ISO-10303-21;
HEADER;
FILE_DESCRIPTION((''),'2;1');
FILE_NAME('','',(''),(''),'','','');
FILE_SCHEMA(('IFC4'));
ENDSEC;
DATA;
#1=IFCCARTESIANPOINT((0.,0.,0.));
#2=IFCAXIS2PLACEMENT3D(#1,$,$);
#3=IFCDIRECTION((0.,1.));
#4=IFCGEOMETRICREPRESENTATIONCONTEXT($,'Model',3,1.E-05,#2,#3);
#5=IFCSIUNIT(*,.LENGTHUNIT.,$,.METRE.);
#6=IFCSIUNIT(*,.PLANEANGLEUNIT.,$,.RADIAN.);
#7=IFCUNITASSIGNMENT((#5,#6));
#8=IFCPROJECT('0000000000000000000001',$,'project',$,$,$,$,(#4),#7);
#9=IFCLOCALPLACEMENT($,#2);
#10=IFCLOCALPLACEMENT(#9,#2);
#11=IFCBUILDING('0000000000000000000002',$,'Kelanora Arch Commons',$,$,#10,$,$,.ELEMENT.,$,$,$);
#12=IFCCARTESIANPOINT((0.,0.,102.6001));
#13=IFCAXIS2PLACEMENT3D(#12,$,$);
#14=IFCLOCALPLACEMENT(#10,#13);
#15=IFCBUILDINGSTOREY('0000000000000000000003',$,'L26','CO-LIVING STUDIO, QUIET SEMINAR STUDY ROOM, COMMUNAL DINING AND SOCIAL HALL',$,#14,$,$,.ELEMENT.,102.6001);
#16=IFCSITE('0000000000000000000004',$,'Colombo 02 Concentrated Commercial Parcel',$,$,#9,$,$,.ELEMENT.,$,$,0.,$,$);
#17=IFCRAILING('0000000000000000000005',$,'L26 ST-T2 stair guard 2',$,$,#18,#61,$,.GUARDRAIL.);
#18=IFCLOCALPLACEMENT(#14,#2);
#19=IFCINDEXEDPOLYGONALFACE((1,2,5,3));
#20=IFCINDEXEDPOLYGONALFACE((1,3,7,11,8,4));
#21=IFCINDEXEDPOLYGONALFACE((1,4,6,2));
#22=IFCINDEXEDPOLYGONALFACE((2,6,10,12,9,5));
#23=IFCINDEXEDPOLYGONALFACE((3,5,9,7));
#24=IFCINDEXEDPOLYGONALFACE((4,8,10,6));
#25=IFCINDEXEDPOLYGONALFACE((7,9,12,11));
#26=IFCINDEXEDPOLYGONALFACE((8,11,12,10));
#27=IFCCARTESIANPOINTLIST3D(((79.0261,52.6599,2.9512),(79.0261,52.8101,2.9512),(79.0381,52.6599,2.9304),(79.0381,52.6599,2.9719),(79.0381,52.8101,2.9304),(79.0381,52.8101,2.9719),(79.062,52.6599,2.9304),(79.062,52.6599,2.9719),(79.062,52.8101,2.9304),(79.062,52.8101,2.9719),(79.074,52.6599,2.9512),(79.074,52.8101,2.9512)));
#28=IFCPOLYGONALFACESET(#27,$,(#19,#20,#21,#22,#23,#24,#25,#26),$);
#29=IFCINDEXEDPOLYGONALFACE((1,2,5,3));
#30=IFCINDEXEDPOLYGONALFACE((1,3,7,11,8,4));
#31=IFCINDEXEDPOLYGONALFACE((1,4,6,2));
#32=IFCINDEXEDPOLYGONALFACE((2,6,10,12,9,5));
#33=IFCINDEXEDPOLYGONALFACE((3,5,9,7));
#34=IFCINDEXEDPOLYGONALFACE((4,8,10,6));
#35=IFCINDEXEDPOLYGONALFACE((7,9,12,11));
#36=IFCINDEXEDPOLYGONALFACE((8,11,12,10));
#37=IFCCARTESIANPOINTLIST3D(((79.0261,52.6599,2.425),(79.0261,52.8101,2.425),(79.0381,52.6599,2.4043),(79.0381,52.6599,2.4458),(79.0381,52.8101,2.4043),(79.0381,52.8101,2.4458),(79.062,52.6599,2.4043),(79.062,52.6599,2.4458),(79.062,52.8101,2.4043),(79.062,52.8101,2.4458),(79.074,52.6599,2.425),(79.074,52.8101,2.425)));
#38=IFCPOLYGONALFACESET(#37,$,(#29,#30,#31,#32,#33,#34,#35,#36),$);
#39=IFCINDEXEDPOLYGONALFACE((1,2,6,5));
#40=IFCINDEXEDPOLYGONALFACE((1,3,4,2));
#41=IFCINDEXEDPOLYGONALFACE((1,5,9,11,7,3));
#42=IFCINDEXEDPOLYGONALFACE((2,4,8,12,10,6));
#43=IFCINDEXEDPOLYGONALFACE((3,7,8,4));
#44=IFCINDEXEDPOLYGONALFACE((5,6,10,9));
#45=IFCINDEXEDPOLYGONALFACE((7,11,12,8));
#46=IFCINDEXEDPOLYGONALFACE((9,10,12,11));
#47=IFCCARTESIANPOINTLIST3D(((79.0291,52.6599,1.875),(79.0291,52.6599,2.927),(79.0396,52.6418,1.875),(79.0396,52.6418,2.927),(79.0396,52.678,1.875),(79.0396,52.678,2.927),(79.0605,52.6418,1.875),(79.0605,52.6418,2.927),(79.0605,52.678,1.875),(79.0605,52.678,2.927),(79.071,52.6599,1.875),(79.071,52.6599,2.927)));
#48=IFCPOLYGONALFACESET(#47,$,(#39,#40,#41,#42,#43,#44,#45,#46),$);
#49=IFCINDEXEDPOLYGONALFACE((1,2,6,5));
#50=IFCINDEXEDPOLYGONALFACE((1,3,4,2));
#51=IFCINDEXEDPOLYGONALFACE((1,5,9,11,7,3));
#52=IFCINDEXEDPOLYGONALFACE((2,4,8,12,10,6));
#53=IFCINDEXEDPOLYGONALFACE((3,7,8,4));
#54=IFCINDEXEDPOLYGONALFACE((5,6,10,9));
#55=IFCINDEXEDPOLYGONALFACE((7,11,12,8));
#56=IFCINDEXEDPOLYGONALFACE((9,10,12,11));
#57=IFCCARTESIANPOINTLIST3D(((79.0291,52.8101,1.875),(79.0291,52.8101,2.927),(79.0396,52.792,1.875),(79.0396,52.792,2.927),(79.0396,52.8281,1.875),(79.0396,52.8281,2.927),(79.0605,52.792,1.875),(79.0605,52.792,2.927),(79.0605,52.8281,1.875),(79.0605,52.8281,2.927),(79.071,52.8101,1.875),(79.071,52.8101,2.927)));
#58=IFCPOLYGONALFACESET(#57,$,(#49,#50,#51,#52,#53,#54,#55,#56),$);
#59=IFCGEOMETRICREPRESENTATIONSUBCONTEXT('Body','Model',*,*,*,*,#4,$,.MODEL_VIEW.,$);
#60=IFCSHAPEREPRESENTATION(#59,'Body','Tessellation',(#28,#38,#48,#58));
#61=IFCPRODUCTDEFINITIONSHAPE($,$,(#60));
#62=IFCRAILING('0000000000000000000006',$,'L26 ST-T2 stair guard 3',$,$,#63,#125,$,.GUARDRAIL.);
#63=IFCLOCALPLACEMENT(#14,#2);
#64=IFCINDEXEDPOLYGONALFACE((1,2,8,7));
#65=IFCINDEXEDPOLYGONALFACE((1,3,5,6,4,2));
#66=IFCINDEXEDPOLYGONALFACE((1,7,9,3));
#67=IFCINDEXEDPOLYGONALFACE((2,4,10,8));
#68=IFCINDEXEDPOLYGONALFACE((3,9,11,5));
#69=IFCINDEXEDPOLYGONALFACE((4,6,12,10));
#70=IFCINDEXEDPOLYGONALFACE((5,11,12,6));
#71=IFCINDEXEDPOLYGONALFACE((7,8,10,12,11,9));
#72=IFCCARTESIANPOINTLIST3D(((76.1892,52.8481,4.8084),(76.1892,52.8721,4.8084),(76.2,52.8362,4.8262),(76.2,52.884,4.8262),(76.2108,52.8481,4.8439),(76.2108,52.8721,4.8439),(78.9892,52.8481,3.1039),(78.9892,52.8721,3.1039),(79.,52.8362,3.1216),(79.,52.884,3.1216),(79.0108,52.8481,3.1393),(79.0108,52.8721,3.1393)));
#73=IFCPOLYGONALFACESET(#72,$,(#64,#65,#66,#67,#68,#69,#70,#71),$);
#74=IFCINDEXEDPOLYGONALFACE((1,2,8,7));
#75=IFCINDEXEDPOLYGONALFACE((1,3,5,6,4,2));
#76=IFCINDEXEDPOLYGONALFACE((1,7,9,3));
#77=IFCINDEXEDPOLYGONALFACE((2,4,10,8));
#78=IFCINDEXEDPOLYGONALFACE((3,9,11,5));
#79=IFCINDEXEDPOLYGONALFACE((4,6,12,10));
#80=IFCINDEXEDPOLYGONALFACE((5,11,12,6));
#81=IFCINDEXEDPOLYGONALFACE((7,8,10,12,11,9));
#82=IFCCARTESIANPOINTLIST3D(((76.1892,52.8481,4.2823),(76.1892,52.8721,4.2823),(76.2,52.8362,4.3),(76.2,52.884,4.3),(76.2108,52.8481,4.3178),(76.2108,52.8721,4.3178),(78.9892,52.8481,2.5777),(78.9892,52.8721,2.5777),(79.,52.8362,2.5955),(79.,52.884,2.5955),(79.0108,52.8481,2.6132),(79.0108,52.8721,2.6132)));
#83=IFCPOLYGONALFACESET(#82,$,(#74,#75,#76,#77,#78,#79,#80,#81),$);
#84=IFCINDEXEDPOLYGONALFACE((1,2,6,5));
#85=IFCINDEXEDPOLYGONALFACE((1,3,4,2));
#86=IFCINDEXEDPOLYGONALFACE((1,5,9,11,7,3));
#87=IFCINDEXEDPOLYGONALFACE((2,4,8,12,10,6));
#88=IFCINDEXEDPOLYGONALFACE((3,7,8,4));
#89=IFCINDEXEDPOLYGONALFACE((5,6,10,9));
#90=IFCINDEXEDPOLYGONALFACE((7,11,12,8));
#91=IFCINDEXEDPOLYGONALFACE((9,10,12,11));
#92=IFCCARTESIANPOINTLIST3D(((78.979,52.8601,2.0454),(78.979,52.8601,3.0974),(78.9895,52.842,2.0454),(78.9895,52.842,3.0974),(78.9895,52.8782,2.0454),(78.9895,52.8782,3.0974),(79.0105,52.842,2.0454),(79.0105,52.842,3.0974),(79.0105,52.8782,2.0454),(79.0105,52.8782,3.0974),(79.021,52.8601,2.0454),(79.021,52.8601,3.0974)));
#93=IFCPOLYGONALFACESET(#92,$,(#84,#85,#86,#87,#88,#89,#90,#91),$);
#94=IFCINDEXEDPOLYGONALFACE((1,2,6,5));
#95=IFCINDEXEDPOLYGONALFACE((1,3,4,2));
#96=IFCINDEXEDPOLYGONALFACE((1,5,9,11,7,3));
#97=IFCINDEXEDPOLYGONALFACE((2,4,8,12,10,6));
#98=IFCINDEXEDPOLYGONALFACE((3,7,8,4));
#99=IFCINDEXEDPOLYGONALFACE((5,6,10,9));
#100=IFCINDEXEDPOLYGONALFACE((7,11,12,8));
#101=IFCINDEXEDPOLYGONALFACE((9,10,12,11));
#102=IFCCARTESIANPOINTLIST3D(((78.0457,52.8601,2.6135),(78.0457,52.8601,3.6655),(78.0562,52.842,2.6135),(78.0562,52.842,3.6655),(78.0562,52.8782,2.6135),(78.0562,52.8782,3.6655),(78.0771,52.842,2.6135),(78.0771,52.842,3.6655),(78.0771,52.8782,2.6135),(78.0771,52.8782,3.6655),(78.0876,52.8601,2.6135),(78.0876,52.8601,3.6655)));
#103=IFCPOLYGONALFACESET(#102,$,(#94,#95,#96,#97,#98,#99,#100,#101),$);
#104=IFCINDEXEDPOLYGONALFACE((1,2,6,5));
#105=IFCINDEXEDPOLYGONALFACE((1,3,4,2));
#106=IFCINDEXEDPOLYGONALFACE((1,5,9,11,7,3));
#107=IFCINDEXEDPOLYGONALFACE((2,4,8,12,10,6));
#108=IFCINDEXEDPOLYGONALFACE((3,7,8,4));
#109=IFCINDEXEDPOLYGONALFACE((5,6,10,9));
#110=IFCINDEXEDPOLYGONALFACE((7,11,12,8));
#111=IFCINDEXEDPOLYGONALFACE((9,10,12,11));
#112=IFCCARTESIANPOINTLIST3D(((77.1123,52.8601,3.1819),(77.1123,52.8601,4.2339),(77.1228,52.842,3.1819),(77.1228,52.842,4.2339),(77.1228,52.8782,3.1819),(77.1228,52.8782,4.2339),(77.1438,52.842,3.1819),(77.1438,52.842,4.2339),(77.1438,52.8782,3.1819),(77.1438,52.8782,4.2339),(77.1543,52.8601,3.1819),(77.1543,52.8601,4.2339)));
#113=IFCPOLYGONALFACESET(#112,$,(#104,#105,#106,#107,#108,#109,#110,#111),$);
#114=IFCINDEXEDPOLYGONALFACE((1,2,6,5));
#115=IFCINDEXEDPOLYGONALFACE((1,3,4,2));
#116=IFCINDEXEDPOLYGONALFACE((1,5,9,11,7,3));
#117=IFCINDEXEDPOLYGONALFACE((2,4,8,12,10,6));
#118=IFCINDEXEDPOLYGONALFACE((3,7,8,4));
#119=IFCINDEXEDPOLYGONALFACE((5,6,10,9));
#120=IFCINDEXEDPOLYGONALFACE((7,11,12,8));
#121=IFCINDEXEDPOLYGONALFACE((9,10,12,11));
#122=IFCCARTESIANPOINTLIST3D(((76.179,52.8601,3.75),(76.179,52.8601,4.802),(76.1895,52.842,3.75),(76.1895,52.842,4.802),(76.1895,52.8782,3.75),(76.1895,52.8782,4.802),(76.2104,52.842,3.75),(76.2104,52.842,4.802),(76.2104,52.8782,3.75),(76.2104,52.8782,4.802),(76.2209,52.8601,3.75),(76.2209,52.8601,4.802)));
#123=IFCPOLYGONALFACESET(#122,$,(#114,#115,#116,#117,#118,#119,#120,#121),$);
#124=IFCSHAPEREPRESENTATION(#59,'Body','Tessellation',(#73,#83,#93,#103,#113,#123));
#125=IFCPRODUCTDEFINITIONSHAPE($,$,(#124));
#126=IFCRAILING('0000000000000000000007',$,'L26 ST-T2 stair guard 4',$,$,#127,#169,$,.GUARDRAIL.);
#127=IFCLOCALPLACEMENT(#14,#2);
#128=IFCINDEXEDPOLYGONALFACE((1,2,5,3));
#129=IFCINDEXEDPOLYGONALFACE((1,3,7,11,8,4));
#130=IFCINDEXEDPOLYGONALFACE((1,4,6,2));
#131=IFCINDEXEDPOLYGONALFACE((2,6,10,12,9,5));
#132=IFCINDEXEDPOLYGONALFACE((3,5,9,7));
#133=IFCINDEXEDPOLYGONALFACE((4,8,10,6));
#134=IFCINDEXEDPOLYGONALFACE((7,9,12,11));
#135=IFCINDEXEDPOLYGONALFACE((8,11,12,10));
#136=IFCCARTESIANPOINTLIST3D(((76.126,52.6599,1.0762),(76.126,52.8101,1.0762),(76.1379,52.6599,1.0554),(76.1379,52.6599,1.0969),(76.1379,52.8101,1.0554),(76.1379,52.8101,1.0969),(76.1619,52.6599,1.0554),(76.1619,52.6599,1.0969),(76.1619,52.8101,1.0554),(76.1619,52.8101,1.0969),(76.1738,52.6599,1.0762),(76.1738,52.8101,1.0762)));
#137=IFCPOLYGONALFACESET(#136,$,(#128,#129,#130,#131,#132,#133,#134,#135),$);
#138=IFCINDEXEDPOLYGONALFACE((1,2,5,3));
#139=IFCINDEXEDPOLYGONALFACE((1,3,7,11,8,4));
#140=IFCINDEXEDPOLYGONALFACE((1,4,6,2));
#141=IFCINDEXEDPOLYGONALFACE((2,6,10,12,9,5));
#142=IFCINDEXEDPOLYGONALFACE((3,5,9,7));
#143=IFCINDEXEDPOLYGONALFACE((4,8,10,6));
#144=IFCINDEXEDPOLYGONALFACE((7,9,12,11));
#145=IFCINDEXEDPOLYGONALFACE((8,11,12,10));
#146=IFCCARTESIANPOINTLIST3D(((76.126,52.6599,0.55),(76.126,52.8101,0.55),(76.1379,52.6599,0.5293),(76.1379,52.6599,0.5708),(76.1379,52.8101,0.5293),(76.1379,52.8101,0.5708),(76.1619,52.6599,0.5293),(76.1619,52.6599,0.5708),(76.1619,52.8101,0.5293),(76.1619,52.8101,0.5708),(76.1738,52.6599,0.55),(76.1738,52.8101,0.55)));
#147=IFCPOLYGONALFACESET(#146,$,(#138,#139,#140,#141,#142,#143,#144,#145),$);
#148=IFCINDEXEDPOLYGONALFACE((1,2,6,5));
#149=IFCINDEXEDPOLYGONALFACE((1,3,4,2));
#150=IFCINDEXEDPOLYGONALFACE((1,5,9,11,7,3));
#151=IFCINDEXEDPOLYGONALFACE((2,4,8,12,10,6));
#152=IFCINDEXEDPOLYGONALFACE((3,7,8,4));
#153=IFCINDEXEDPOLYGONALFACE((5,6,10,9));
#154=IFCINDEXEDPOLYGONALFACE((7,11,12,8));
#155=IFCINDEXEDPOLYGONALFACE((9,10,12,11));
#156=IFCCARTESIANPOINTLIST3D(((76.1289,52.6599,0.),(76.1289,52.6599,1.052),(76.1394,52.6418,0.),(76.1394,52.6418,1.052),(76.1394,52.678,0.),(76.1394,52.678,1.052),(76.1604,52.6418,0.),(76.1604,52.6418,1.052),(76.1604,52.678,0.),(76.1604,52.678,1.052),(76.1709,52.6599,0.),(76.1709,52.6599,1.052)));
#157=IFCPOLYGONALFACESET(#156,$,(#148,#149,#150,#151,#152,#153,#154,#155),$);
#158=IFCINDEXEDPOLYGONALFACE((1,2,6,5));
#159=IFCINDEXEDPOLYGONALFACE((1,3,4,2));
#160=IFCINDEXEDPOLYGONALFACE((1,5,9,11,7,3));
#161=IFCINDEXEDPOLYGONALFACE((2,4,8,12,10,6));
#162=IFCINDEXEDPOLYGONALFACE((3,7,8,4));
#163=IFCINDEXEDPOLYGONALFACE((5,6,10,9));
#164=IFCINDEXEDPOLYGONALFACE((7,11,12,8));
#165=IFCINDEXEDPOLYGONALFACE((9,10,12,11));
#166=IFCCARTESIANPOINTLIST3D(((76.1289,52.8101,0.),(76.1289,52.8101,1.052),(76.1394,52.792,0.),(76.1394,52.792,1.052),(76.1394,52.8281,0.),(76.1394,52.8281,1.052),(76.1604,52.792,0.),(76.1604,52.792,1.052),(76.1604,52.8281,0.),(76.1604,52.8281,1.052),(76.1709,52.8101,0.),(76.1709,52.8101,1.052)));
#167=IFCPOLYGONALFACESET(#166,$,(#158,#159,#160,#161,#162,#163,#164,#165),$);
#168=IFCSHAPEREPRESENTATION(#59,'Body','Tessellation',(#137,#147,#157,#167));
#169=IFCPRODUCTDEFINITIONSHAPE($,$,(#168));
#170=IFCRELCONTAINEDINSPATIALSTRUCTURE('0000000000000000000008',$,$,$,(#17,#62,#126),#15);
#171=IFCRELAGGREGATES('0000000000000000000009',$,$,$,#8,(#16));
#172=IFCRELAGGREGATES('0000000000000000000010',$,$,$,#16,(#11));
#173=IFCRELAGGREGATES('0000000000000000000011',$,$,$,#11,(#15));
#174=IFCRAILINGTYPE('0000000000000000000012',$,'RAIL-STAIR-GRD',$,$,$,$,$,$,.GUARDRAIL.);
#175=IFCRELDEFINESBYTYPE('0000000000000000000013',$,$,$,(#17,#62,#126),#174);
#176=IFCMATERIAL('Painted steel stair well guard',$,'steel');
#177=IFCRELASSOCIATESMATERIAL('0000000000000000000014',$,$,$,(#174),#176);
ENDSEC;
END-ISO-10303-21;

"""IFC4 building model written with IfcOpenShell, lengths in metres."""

from ifc_helpers import new_model, si_unit, direction, frame, origin, place, context, subcontext, project, spatial, polyline, outline, extrude, material, type_object, element, save


model = new_model("IFC4")

# Units and contexts
model_context = context("Model", 3, precision=1e-05, world=origin(), true_north=direction((0.0, 1.0)))
body_context = subcontext(model_context, "Body", "Model", "MODEL_VIEW")
ifc_project = project(units=[si_unit("LENGTHUNIT", "METRE"), si_unit("PLANEANGLEUNIT", "RADIAN")], contexts=[model_context])

# Site, building, storey
site_placement = place(None, origin())
site = spatial("IfcSite", under=ifc_project, at=site_placement, Name="Colombo 02 Concentrated Commercial Parcel", CompositionType="ELEMENT", RefElevation=0.0)
building_placement = place(site_placement, origin())
building = spatial("IfcBuilding", under=site, at=building_placement, Name="Kelanora Arch Commons", CompositionType="ELEMENT")
storey_placement = place(building_placement, frame((0.0, 0.0, 102.6001)))
storey = spatial("IfcBuildingStorey", under=building, at=storey_placement, Name="L26", Description="CO-LIVING STUDIO, QUIET SEMINAR STUDY ROOM, COMMUNAL DINING AND SOCIAL HALL", CompositionType="ELEMENT", Elevation=102.6001)

# Railings
ifc_material_1 = material(Name="Painted steel stair well guard", Category="steel")
railing_type_1 = type_object("IfcRailingType", Name="RAIL-STAIR-GRD", PredefinedType="GUARDRAIL", material=ifc_material_1)
railing_1_placement = place(storey_placement, frame((79.05, 52.6599, 1.875)))
element("IfcRailing", 1, at=railing_1_placement, inside=storey, type_object=railing_type_1, Name="L26 ST-T2 stair guard 2", PredefinedType="GUARDRAIL", context=body_context, shape_type="SweptSolid", body=[
    extrude(outline(polyline([(0.0239, 0.0), (0.012, 0.0208), (-0.012, 0.0208), (-0.0239, 0.0), (-0.012, -0.0208), (0.012, -0.0208), (0.0239, 0.0)])), frame((0.0, 0.0, 1.0762), z_axis=(0.0, 1.0, 0.0), x_axis=(-1.0, 0.0, 0.0)), (0.0, 0.0, 1.0), 0.1501),
    extrude(outline(polyline([(0.0239, 0.0), (0.012, 0.0208), (-0.012, 0.0208), (-0.0239, 0.0), (-0.012, -0.0208), (0.012, -0.0208), (0.0239, 0.0)])), frame((0.0, 0.0, 0.55), z_axis=(0.0, 1.0, 0.0), x_axis=(-1.0, 0.0, 0.0)), (0.0, 0.0, 1.0), 0.1501),
    extrude(outline(polyline([(0.021, 0.0), (0.0105, 0.0181), (-0.0105, 0.0181), (-0.021, 0.0), (-0.0105, -0.0181), (0.0105, -0.0181), (0.021, 0.0)])), origin(), (0.0, 0.0, 1.0), 1.052),
    extrude(outline(polyline([(0.021, 0.0), (0.0105, 0.0181), (-0.0105, 0.0181), (-0.021, 0.0), (-0.0105, -0.0181), (0.0105, -0.0181), (0.021, 0.0)])), frame((0.0, 0.1501, 0.0)), (0.0, 0.0, 1.0), 1.052),
])
railing_2_placement = place(storey_placement, frame((79.0, 52.8601, 2.0454)))
element("IfcRailing", 2, at=railing_2_placement, inside=storey, type_object=railing_type_1, Name="L26 ST-T2 stair guard 3", PredefinedType="GUARDRAIL", context=body_context, shape_type="SweptSolid", body=[
    extrude(outline(polyline([(0.0239, 0.0), (0.012, 0.0208), (-0.012, 0.0208), (-0.0239, 0.0), (-0.012, -0.0208), (0.012, -0.0208), (0.0239, 0.0)])), frame((0.0, 0.0, 1.0762), z_axis=(-0.85417, 0.0, 0.519994), x_axis=(0.0, -1.0, 0.0)), (0.0, 0.0, 1.0), 3.2781),
    extrude(outline(polyline([(0.0239, 0.0), (0.012, 0.0208), (-0.012, 0.0208), (-0.0239, 0.0), (-0.012, -0.0208), (0.012, -0.0208), (0.0239, 0.0)])), frame((0.0, 0.0, 0.55), z_axis=(-0.85417, 0.0, 0.519994), x_axis=(0.0, -1.0, 0.0)), (0.0, 0.0, 1.0), 3.2781),
    extrude(outline(polyline([(0.021, 0.0), (0.0105, 0.0181), (-0.0105, 0.0181), (-0.021, 0.0), (-0.0105, -0.0181), (0.0105, -0.0181), (0.021, 0.0)])), origin(), (0.0, 0.0, 1.0), 1.052),
    extrude(outline(polyline([(0.021, 0.0), (0.0105, 0.0181), (-0.0105, 0.0181), (-0.021, 0.0), (-0.0105, -0.0181), (0.0105, -0.0181), (0.021, 0.0)])), frame((-0.9333, 0.0, 0.5681)), (0.0, 0.0, 1.0), 1.052),
    extrude(outline(polyline([(0.021, 0.0), (0.0105, 0.0181), (-0.0105, 0.0181), (-0.021, 0.0), (-0.0105, -0.0181), (0.0105, -0.0181), (0.021, 0.0)])), frame((-1.8667, 0.0, 1.1365)), (0.0, 0.0, 1.0), 1.052),
    extrude(outline(polyline([(0.021, 0.0), (0.0105, 0.0181), (-0.0105, 0.0181), (-0.021, 0.0), (-0.0105, -0.0181), (0.0105, -0.0181), (0.021, 0.0)])), frame((-2.8, 0.0, 1.7046)), (0.0, 0.0, 1.0), 1.052),
])
railing_3_placement = place(storey_placement, frame((76.1499, 52.6599, 0.0)))
element("IfcRailing", 3, at=railing_3_placement, inside=storey, type_object=railing_type_1, Name="L26 ST-T2 stair guard 4", PredefinedType="GUARDRAIL", context=body_context, shape_type="SweptSolid", body=[
    extrude(outline(polyline([(0.0239, 0.0), (0.012, 0.0208), (-0.012, 0.0208), (-0.0239, 0.0), (-0.012, -0.0208), (0.012, -0.0208), (0.0239, 0.0)])), frame((0.0, 0.0, 1.0762), z_axis=(0.0, 1.0, 0.0), x_axis=(-1.0, 0.0, 0.0)), (0.0, 0.0, 1.0), 0.1501),
    extrude(outline(polyline([(0.0239, 0.0), (0.012, 0.0208), (-0.012, 0.0208), (-0.0239, 0.0), (-0.012, -0.0208), (0.012, -0.0208), (0.0239, 0.0)])), frame((0.0, 0.0, 0.55), z_axis=(0.0, 1.0, 0.0), x_axis=(-1.0, 0.0, 0.0)), (0.0, 0.0, 1.0), 0.1501),
    extrude(outline(polyline([(0.021, 0.0), (0.0105, 0.0181), (-0.0105, 0.0181), (-0.021, 0.0), (-0.0105, -0.0181), (0.0105, -0.0181), (0.021, 0.0)])), origin(), (0.0, 0.0, 1.0), 1.052),
    extrude(outline(polyline([(0.021, 0.0), (0.0105, 0.0181), (-0.0105, 0.0181), (-0.021, 0.0), (-0.0105, -0.0181), (0.0105, -0.0181), (0.021, 0.0)])), frame((0.0, 0.1501, 0.0)), (0.0, 0.0, 1.0), 1.052),
])

save(model, "model.ifc")
